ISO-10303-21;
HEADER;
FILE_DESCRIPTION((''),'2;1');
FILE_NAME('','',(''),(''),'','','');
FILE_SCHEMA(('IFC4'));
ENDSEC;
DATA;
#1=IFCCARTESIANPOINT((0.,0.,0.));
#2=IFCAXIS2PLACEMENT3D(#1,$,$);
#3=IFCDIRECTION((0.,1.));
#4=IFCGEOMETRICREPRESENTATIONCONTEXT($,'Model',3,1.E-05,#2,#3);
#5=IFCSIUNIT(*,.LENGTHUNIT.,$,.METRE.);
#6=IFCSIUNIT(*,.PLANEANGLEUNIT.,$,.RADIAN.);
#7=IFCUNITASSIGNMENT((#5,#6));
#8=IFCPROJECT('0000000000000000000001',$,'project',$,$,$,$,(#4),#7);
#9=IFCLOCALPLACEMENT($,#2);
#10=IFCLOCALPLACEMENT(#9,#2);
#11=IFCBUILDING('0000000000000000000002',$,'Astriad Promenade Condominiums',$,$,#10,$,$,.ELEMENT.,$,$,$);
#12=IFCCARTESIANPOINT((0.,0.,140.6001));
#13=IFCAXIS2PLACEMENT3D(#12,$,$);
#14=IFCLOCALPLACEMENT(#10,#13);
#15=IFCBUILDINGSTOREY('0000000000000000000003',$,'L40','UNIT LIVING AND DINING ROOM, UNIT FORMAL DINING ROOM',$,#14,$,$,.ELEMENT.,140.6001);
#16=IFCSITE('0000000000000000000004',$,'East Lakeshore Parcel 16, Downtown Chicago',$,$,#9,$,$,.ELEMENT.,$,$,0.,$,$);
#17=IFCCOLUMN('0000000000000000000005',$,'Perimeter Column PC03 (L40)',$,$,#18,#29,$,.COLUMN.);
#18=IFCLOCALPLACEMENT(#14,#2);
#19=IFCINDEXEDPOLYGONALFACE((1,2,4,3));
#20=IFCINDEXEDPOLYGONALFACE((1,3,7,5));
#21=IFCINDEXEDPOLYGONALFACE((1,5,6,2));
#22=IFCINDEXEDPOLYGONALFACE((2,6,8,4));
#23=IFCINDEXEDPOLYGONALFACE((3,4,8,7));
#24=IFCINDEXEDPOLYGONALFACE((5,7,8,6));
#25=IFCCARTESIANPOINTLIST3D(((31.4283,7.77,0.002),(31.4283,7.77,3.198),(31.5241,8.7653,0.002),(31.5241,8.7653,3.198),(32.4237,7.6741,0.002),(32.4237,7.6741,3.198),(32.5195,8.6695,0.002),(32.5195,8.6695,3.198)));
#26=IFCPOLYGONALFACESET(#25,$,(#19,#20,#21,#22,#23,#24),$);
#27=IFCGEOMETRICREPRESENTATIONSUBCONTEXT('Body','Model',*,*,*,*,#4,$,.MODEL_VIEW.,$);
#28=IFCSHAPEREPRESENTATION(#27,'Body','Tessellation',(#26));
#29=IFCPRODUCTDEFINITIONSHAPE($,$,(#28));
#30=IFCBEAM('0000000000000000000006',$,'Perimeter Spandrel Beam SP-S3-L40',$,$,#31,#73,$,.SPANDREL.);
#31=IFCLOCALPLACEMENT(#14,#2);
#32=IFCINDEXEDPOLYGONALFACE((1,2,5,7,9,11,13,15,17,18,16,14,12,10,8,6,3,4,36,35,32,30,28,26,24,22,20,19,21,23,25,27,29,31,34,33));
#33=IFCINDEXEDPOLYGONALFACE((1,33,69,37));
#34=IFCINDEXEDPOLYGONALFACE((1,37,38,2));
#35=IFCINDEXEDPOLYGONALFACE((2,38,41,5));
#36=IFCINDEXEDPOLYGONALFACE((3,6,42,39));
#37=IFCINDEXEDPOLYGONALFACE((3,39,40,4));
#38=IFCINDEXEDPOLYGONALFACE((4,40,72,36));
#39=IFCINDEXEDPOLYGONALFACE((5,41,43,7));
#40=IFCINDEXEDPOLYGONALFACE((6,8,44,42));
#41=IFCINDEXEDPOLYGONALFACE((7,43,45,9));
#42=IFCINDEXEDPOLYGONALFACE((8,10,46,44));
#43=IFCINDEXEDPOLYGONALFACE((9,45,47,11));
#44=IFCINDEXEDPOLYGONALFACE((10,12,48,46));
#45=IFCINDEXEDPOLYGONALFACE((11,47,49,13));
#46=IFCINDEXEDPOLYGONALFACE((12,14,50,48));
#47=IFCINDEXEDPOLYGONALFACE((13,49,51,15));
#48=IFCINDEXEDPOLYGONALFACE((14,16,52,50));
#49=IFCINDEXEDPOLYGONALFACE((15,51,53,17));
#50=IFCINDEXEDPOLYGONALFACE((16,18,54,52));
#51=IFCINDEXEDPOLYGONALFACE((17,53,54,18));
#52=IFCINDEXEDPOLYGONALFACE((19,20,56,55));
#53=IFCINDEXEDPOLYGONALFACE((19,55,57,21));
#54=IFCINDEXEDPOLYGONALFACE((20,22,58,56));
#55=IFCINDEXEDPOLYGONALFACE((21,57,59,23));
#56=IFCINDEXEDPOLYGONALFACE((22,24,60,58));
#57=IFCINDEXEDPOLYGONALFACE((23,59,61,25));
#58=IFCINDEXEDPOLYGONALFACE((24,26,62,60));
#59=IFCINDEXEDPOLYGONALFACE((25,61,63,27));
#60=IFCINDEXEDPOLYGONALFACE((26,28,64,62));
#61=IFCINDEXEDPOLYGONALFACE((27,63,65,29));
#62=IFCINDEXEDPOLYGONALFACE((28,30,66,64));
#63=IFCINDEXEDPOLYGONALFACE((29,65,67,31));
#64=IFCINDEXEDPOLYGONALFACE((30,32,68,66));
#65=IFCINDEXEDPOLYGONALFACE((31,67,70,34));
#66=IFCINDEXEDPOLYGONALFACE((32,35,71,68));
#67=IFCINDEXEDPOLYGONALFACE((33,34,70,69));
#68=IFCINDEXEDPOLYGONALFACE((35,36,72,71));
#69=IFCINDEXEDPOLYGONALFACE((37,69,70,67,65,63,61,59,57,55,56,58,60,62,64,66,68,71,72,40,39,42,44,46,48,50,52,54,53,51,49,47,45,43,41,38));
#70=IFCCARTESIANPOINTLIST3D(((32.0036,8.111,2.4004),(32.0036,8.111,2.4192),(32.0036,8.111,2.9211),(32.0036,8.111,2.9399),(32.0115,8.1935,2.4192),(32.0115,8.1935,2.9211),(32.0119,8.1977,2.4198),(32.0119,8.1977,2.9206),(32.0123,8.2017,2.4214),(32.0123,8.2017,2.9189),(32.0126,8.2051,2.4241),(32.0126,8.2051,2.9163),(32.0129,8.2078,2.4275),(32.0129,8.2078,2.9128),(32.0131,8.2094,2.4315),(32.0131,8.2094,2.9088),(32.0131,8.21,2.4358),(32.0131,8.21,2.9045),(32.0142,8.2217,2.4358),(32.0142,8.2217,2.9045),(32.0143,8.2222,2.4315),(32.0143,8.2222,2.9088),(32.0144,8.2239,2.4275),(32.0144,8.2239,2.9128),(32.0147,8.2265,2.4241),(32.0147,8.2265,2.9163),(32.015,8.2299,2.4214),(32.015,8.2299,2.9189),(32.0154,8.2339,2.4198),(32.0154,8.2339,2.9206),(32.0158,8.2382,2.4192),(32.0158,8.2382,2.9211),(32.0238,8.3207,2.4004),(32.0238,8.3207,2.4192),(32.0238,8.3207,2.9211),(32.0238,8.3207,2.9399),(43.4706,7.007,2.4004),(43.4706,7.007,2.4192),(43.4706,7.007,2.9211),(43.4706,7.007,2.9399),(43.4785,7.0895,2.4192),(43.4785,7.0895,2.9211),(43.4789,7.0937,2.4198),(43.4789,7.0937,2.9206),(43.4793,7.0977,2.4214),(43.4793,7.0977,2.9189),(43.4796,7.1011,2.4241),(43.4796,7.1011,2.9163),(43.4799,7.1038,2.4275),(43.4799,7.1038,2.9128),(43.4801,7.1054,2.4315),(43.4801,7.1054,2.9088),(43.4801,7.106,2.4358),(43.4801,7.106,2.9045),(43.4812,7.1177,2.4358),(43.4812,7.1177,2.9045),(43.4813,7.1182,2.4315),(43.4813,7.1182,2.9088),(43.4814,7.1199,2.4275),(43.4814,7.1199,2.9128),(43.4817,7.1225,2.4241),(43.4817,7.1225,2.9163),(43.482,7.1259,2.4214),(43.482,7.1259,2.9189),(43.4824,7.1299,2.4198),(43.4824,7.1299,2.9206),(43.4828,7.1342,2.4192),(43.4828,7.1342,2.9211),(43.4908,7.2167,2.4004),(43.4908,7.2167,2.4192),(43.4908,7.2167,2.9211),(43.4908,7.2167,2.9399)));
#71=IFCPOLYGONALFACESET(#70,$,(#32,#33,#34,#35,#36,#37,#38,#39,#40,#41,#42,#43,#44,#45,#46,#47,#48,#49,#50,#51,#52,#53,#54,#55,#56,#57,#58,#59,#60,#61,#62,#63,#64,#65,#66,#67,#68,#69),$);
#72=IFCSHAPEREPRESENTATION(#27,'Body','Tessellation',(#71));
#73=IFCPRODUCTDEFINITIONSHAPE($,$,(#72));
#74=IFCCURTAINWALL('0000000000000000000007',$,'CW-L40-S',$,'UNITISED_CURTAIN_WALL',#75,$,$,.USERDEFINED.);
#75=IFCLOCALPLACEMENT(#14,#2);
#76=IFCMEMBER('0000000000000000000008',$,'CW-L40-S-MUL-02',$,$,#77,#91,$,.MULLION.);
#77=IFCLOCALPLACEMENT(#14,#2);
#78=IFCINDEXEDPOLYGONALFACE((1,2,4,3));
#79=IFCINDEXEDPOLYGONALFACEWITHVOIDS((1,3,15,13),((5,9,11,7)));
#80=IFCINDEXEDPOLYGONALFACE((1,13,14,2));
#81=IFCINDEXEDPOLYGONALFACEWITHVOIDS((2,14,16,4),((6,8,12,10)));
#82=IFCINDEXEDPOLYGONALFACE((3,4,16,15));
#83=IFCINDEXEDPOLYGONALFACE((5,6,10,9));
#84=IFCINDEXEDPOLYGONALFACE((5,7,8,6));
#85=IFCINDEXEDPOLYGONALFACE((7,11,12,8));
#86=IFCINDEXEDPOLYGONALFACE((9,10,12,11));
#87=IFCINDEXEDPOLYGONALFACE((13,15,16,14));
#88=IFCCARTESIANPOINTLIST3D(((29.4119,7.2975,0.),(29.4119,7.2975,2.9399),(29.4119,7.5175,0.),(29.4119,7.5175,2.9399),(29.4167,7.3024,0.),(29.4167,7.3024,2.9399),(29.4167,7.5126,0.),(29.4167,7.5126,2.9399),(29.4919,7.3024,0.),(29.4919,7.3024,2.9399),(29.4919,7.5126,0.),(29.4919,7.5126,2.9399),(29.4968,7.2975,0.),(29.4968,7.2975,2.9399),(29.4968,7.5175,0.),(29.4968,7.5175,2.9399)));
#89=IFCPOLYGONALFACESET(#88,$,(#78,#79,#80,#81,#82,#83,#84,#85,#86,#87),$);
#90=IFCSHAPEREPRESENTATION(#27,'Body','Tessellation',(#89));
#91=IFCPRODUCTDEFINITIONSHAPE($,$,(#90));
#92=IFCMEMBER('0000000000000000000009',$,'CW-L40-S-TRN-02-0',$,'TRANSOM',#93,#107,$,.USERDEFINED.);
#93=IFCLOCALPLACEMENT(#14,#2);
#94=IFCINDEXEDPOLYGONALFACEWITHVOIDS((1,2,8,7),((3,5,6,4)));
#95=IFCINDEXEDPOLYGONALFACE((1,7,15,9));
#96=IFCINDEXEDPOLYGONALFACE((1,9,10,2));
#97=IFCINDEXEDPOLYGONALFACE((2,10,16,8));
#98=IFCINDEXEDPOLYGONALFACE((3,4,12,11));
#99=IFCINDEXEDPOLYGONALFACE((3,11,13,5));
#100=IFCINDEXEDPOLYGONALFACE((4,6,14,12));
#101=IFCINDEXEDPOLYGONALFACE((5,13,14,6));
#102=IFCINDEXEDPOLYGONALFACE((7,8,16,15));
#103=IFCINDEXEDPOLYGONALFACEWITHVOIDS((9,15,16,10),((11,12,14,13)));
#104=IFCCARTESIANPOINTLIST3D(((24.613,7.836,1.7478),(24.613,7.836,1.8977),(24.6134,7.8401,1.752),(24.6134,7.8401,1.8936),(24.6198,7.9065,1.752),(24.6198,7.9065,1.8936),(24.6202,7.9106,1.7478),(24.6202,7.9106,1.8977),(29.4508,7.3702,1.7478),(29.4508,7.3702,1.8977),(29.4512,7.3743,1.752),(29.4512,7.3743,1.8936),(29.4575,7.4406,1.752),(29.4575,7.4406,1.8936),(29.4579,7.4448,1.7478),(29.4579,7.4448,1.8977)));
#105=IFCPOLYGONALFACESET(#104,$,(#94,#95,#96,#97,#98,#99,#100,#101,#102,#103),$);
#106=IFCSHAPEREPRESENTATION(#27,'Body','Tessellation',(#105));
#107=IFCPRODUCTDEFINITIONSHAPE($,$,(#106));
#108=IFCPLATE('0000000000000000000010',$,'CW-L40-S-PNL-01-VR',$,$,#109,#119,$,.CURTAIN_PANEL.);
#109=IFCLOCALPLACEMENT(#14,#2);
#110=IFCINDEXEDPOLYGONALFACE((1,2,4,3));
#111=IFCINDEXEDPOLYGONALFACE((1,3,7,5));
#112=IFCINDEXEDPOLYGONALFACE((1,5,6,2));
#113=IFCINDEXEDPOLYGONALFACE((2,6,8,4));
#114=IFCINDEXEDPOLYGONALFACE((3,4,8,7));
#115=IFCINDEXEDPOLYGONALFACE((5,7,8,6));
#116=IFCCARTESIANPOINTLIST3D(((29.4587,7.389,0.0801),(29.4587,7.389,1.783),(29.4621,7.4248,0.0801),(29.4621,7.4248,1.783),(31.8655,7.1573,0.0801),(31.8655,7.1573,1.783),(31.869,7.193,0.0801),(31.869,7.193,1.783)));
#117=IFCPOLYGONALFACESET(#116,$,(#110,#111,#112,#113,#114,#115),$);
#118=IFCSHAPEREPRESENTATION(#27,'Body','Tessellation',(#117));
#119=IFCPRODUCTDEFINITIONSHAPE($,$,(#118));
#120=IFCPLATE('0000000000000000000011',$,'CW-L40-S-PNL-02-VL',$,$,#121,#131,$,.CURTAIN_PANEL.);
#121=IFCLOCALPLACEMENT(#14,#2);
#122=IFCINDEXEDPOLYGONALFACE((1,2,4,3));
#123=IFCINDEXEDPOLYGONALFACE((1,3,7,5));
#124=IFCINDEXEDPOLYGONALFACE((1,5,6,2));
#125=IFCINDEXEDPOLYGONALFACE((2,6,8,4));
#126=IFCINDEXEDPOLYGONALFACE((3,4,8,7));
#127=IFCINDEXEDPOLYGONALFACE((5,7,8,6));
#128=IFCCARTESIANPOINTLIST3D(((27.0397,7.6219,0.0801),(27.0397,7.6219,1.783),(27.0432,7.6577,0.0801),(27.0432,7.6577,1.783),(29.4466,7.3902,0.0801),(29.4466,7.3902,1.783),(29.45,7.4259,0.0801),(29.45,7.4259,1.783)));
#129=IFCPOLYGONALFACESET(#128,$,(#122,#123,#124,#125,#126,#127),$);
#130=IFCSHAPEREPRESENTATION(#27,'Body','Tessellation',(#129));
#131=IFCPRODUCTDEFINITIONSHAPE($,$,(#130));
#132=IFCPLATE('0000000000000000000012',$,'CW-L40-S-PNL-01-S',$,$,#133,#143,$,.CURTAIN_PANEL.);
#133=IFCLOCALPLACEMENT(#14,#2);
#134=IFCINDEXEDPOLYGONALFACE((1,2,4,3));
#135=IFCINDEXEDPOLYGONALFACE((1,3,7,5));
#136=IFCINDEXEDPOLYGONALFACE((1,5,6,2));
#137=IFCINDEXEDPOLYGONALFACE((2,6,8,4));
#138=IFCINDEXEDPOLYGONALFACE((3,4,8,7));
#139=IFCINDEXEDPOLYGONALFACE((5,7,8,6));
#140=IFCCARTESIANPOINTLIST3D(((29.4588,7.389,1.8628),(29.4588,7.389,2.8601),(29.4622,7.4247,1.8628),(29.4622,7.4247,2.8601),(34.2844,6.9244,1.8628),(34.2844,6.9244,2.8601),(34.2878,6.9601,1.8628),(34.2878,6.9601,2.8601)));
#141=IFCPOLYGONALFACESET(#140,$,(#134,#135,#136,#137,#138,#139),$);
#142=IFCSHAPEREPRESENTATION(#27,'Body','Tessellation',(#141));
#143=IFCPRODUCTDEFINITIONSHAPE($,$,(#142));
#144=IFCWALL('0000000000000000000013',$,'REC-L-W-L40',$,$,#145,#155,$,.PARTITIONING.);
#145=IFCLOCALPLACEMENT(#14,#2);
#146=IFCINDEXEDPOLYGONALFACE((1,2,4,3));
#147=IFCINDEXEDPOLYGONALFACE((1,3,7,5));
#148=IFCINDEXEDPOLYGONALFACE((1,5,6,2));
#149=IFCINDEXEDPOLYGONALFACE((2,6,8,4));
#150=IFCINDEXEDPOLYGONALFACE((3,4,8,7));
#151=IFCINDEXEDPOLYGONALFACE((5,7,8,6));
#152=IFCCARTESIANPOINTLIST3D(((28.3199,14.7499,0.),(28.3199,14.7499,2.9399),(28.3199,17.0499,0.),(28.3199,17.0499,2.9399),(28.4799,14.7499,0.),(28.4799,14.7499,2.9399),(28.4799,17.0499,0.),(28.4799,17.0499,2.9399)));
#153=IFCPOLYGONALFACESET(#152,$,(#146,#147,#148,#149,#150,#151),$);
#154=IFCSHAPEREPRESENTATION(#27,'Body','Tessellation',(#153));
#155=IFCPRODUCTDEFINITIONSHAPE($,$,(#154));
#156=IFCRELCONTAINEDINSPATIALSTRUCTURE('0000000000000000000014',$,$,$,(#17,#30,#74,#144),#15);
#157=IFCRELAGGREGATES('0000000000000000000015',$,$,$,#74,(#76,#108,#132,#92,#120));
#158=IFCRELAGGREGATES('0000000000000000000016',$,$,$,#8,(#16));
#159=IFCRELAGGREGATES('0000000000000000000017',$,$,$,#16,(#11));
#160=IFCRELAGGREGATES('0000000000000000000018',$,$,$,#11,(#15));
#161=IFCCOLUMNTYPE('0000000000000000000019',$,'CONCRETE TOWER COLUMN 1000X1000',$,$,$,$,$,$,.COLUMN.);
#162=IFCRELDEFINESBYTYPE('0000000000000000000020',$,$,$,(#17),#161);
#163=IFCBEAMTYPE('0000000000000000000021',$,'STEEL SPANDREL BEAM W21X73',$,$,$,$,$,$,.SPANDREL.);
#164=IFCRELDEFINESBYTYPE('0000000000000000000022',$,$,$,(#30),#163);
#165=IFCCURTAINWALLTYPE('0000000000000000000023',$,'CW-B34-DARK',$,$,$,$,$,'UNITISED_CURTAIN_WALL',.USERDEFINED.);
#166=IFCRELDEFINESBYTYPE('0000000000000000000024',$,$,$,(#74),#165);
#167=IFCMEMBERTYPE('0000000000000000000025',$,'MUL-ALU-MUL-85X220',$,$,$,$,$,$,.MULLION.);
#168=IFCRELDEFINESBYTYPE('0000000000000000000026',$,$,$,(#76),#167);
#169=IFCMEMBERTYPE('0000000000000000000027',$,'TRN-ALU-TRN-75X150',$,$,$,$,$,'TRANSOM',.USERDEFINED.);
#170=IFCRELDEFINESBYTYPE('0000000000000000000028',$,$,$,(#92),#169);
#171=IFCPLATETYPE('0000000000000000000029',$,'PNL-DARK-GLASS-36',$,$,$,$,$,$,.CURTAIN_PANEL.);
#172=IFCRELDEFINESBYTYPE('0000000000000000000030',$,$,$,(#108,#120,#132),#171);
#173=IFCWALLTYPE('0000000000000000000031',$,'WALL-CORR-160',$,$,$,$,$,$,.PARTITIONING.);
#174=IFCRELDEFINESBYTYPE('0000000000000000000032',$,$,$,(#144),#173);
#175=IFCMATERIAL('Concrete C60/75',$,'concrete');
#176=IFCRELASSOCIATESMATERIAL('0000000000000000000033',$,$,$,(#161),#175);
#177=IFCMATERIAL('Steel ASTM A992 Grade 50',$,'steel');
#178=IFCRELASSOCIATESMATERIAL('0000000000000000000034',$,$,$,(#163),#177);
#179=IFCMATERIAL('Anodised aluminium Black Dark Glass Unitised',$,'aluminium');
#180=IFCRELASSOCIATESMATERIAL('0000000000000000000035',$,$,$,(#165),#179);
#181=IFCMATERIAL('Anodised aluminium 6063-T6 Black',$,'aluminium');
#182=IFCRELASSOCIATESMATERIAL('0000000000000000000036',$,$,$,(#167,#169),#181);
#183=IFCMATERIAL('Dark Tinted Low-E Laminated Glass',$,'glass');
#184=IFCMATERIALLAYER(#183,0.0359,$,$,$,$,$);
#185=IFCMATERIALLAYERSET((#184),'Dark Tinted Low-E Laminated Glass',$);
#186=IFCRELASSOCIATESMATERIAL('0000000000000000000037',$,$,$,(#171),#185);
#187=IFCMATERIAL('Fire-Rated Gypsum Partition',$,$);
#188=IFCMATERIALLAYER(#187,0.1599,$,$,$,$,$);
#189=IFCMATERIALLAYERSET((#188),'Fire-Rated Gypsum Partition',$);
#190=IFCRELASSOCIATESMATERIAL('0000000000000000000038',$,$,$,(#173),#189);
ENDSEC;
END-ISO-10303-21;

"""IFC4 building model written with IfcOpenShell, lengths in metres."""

from ifc_helpers import new_model, si_unit, direction, frame, frame_2d, origin, origin_2d, place, context, subcontext, project, spatial, rectangle, hollow_rectangle, i_section, extrude, source, transform, mapped, material, layer, layer_set, material_profile, profile_set, type_object, type_shapes, element, aggregate, save


model = new_model("IFC4")

# Units and contexts
model_context = context("Model", 3, precision=1e-05, world=origin(), true_north=direction((0.0, 1.0)))
body_context = subcontext(model_context, "Body", "Model", "MODEL_VIEW")
ifc_project = project(units=[si_unit("LENGTHUNIT", "METRE"), si_unit("PLANEANGLEUNIT", "RADIAN")], contexts=[model_context])

# Site, building, storey
site_placement = place(None, origin())
site = spatial("IfcSite", under=ifc_project, at=site_placement, Name="East Lakeshore Parcel 16, Downtown Chicago", CompositionType="ELEMENT", RefElevation=0.0)
building_placement = place(site_placement, origin())
building = spatial("IfcBuilding", under=site, at=building_placement, Name="Astriad Promenade Condominiums", CompositionType="ELEMENT")
storey_placement = place(building_placement, frame((0.0, 0.0, 140.6001)))
storey = spatial("IfcBuildingStorey", under=building, at=storey_placement, Name="L40", Description="UNIT LIVING AND DINING ROOM, UNIT FORMAL DINING ROOM", CompositionType="ELEMENT", Elevation=140.6001)

# Column
ifc_material_1 = material(Name="Concrete C60/75", Category="concrete")
ifc_material_profile_1 = material_profile(ifc_material_1, rectangle(XDim=1.0, YDim=1.0, at=origin_2d()), Name="RC-COL-1000X1000")
ifc_profile_set_1 = profile_set([ifc_material_profile_1], Name="Concrete C60/75")
column_type = type_object("IfcColumnType", Name="CONCRETE TOWER COLUMN 1000X1000", PredefinedType="COLUMN", material=ifc_profile_set_1)
shared_shape_1 = source(origin(), body_context, "Body", "SweptSolid", [
    extrude(rectangle(XDim=1.0, YDim=1.0, at=origin_2d()), origin(), (0.0, 0.0, 1.0), 3.196),
])
type_shapes(column_type, [shared_shape_1])
column_placement = place(storey_placement, frame((31.9739, 8.2197, 0.002), z_axis=(0.0, 0.0, 1.0), x_axis=(0.995396, -0.095846, 0.0)))
element("IfcColumn", 1, at=column_placement, inside=storey, type_object=column_type, Name="Perimeter Column PC03 (L40)", PredefinedType="COLUMN", context=body_context, shape_type="MappedRepresentation", body=[
    mapped(shared_shape_1, transform((0.0, 0.0, 0.0), scale=1.0)),
])

# Beam
ifc_material_2 = material(Name="Steel ASTM A992 Grade 50", Category="steel")
ifc_material_profile_2 = material_profile(ifc_material_2, i_section(OverallWidth=0.2107, OverallDepth=0.5396, WebThickness=0.0117, FlangeThickness=0.0188, FilletRadius=0.0166, at=origin_2d()), Name="W21X73")
ifc_profile_set_2 = profile_set([ifc_material_profile_2], Name="Steel ASTM A992 Grade 50")
beam_type = type_object("IfcBeamType", Name="STEEL SPANDREL BEAM W21X73", PredefinedType="SPANDREL", material=ifc_profile_set_2)
shared_shape_2 = source(origin(), body_context, "Body", "SweptSolid", [
    extrude(i_section(OverallWidth=0.2107, OverallDepth=0.5396, WebThickness=0.0117, FlangeThickness=0.0188, FilletRadius=0.0166, at=origin_2d()), origin(), (0.0, 0.0, 1.0), 11.52),
])
type_shapes(beam_type, [shared_shape_2])
beam_placement = place(storey_placement, frame((32.0137, 8.2158, 2.6702), z_axis=(0.995397, -0.095833, 0.0), x_axis=(0.095833, 0.995397, 0.0)))
element("IfcBeam", 2, at=beam_placement, inside=storey, type_object=beam_type, Name="Perimeter Spandrel Beam SP-S3-L40", PredefinedType="SPANDREL", context=body_context, shape_type="MappedRepresentation", body=[
    mapped(shared_shape_2, transform((0.0, 0.0, 0.0), scale=1.0)),
])

# Curtain wall, members, plates
ifc_material_3 = material(Name="Anodised aluminium Black Dark Glass Unitised", Category="aluminium")
curtain_wall_type = type_object("IfcCurtainWallType", Name="CW-B34-DARK", ElementType="UNITISED_CURTAIN_WALL", PredefinedType="USERDEFINED", material=ifc_material_3)
curtain_wall_placement = place(storey_placement, origin())
curtain_wall = element("IfcCurtainWall", 3, at=curtain_wall_placement, inside=storey, type_object=curtain_wall_type, Name="CW-L40-S", ObjectType="UNITISED_CURTAIN_WALL", PredefinedType="USERDEFINED")
ifc_material_4 = material(Name="Anodised aluminium 6063-T6 Black", Category="aluminium")
ifc_material_profile_3 = material_profile(ifc_material_4, hollow_rectangle(XDim=0.085, YDim=0.22, WallThickness=0.0049, at=origin_2d()), Name="ALU-MUL-85X220")
ifc_profile_set_3 = profile_set([ifc_material_profile_3], Name="Anodised aluminium 6063-T6 Black")
member_type_1 = type_object("IfcMemberType", Name="MUL-ALU-MUL-85X220", PredefinedType="MULLION", material=ifc_profile_set_3)
shared_shape_3 = source(origin(), body_context, "Body", "SweptSolid", [
    extrude(hollow_rectangle(XDim=0.085, YDim=0.22, WallThickness=0.0049, at=origin_2d()), origin(), (0.0, 0.0, 1.0), 2.9399),
])
type_shapes(member_type_1, [shared_shape_3])
member_1_placement = place(storey_placement, frame((29.4543, 7.4075, 0.0), z_axis=(0.0, 0.0, 1.0), x_axis=(1.0, 0.0, 0.0)))
member_1 = element("IfcMember", 4, at=member_1_placement, type_object=member_type_1, Name="CW-L40-S-MUL-02", PredefinedType="MULLION", context=body_context, shape_type="MappedRepresentation", body=[
    mapped(shared_shape_3, transform((0.0, 0.0, 0.0), scale=1.0)),
])
ifc_material_profile_4 = material_profile(ifc_material_4, hollow_rectangle(XDim=0.075, YDim=0.1499, WallThickness=0.0042, at=origin_2d()), Name="ALU-TRN-75X150")
ifc_profile_set_4 = profile_set([ifc_material_profile_4], Name="Anodised aluminium 6063-T6 Black")
member_type_2 = type_object("IfcMemberType", Name="TRN-ALU-TRN-75X150", ElementType="TRANSOM", PredefinedType="USERDEFINED", material=ifc_profile_set_4)
shared_shape_4 = source(origin(), body_context, "Body", "SweptSolid", [
    extrude(hollow_rectangle(XDim=0.075, YDim=0.1499, WallThickness=0.0042, at=origin_2d()), origin(), (0.0, 0.0, 1.0), 4.8601),
])
type_shapes(member_type_2, [shared_shape_4])
member_2_placement = place(storey_placement, frame((29.4543, 7.4075, 1.8228), z_axis=(-0.995396, 0.095847, 0.0), x_axis=(-0.095847, -0.995396, 0.0)))
member_2 = element("IfcMember", 5, at=member_2_placement, type_object=member_type_2, Name="CW-L40-S-TRN-02-0", ObjectType="TRANSOM", PredefinedType="USERDEFINED", context=body_context, shape_type="MappedRepresentation", body=[
    mapped(shared_shape_4, transform((0.0, 0.0, 0.0), scale=1.0)),
])
ifc_material_5 = material(Name="Dark Tinted Low-E Laminated Glass", Category="glass")
ifc_layer_1 = layer(ifc_material_5, 0.0359)
ifc_layer_set_1 = layer_set([ifc_layer_1], Name="Dark Tinted Low-E Laminated Glass")
plate_type = type_object("IfcPlateType", Name="PNL-DARK-GLASS-36", PredefinedType="CURTAIN_PANEL", material=ifc_layer_set_1)
shared_shape_5 = source(origin(), body_context, "Body", "SweptSolid", [
    extrude(rectangle(XDim=2.418, YDim=0.0359, at=origin_2d()), origin(), (0.0, 0.0, 1.0), 1.7029),
])
plate_1_placement = place(storey_placement, frame((30.6638, 7.291, 0.0801), z_axis=(0.0, 0.0, 1.0), x_axis=(-0.995396, 0.095846, 0.0)))
plate_1 = element("IfcPlate", 6, at=plate_1_placement, type_object=plate_type, Name="CW-L40-S-PNL-01-VR", PredefinedType="CURTAIN_PANEL", context=body_context, shape_type="MappedRepresentation", body=[
    mapped(shared_shape_5, transform((0.0, 0.0, 0.0), scale=1.0)),
])
plate_2_placement = place(storey_placement, frame((28.2449, 7.5239, 0.0801), z_axis=(0.0, 0.0, 1.0), x_axis=(-0.995396, 0.095846, 0.0)))
plate_2 = element("IfcPlate", 7, at=plate_2_placement, type_object=plate_type, Name="CW-L40-S-PNL-02-VL", PredefinedType="CURTAIN_PANEL", context=body_context, shape_type="MappedRepresentation", body=[
    mapped(shared_shape_5, transform((0.0, 0.0, 0.0), scale=1.0)),
])
shared_shape_6 = source(origin(), body_context, "Body", "SweptSolid", [
    extrude(rectangle(XDim=4.8479, YDim=0.0359, at=origin_2d()), origin(), (0.0, 0.0, 1.0), 0.9973),
])
type_shapes(plate_type, [shared_shape_5, shared_shape_6])
plate_3_placement = place(storey_placement, frame((31.8733, 7.1746, 1.8628), z_axis=(0.0, 0.0, 1.0), x_axis=(-0.995396, 0.095846, 0.0)))
plate_3 = element("IfcPlate", 8, at=plate_3_placement, type_object=plate_type, Name="CW-L40-S-PNL-01-S", PredefinedType="CURTAIN_PANEL", context=body_context, shape_type="MappedRepresentation", body=[
    mapped(shared_shape_6, transform((0.0, 0.0, 0.0), scale=1.0)),
])
aggregate(curtain_wall, [member_1, plate_1, plate_3, member_2, plate_2])

# Wall
ifc_material_6 = material(Name="Fire-Rated Gypsum Partition")
ifc_layer_2 = layer(ifc_material_6, 0.1599)
ifc_layer_set_2 = layer_set([ifc_layer_2], Name="Fire-Rated Gypsum Partition")
wall_type_1 = type_object("IfcWallType", Name="WALL-CORR-160", PredefinedType="PARTITIONING", material=ifc_layer_set_2)
wall_1_placement = place(storey_placement, frame((28.3999, 14.75, 0.0), z_axis=(0.0, 0.0, 1.0), x_axis=(0.0, 1.0, 0.0)))
element("IfcWall", 9, at=wall_1_placement, inside=storey, type_object=wall_type_1, Name="REC-L-W-L40", PredefinedType="PARTITIONING", context=body_context, shape_type="SweptSolid", body=[
    extrude(rectangle(XDim=2.3, YDim=0.1599, at=frame_2d((1.1499, 0.0))), origin(), (0.0, 0.0, 1.0), 2.9399),
])

save(model, "model.ifc")
